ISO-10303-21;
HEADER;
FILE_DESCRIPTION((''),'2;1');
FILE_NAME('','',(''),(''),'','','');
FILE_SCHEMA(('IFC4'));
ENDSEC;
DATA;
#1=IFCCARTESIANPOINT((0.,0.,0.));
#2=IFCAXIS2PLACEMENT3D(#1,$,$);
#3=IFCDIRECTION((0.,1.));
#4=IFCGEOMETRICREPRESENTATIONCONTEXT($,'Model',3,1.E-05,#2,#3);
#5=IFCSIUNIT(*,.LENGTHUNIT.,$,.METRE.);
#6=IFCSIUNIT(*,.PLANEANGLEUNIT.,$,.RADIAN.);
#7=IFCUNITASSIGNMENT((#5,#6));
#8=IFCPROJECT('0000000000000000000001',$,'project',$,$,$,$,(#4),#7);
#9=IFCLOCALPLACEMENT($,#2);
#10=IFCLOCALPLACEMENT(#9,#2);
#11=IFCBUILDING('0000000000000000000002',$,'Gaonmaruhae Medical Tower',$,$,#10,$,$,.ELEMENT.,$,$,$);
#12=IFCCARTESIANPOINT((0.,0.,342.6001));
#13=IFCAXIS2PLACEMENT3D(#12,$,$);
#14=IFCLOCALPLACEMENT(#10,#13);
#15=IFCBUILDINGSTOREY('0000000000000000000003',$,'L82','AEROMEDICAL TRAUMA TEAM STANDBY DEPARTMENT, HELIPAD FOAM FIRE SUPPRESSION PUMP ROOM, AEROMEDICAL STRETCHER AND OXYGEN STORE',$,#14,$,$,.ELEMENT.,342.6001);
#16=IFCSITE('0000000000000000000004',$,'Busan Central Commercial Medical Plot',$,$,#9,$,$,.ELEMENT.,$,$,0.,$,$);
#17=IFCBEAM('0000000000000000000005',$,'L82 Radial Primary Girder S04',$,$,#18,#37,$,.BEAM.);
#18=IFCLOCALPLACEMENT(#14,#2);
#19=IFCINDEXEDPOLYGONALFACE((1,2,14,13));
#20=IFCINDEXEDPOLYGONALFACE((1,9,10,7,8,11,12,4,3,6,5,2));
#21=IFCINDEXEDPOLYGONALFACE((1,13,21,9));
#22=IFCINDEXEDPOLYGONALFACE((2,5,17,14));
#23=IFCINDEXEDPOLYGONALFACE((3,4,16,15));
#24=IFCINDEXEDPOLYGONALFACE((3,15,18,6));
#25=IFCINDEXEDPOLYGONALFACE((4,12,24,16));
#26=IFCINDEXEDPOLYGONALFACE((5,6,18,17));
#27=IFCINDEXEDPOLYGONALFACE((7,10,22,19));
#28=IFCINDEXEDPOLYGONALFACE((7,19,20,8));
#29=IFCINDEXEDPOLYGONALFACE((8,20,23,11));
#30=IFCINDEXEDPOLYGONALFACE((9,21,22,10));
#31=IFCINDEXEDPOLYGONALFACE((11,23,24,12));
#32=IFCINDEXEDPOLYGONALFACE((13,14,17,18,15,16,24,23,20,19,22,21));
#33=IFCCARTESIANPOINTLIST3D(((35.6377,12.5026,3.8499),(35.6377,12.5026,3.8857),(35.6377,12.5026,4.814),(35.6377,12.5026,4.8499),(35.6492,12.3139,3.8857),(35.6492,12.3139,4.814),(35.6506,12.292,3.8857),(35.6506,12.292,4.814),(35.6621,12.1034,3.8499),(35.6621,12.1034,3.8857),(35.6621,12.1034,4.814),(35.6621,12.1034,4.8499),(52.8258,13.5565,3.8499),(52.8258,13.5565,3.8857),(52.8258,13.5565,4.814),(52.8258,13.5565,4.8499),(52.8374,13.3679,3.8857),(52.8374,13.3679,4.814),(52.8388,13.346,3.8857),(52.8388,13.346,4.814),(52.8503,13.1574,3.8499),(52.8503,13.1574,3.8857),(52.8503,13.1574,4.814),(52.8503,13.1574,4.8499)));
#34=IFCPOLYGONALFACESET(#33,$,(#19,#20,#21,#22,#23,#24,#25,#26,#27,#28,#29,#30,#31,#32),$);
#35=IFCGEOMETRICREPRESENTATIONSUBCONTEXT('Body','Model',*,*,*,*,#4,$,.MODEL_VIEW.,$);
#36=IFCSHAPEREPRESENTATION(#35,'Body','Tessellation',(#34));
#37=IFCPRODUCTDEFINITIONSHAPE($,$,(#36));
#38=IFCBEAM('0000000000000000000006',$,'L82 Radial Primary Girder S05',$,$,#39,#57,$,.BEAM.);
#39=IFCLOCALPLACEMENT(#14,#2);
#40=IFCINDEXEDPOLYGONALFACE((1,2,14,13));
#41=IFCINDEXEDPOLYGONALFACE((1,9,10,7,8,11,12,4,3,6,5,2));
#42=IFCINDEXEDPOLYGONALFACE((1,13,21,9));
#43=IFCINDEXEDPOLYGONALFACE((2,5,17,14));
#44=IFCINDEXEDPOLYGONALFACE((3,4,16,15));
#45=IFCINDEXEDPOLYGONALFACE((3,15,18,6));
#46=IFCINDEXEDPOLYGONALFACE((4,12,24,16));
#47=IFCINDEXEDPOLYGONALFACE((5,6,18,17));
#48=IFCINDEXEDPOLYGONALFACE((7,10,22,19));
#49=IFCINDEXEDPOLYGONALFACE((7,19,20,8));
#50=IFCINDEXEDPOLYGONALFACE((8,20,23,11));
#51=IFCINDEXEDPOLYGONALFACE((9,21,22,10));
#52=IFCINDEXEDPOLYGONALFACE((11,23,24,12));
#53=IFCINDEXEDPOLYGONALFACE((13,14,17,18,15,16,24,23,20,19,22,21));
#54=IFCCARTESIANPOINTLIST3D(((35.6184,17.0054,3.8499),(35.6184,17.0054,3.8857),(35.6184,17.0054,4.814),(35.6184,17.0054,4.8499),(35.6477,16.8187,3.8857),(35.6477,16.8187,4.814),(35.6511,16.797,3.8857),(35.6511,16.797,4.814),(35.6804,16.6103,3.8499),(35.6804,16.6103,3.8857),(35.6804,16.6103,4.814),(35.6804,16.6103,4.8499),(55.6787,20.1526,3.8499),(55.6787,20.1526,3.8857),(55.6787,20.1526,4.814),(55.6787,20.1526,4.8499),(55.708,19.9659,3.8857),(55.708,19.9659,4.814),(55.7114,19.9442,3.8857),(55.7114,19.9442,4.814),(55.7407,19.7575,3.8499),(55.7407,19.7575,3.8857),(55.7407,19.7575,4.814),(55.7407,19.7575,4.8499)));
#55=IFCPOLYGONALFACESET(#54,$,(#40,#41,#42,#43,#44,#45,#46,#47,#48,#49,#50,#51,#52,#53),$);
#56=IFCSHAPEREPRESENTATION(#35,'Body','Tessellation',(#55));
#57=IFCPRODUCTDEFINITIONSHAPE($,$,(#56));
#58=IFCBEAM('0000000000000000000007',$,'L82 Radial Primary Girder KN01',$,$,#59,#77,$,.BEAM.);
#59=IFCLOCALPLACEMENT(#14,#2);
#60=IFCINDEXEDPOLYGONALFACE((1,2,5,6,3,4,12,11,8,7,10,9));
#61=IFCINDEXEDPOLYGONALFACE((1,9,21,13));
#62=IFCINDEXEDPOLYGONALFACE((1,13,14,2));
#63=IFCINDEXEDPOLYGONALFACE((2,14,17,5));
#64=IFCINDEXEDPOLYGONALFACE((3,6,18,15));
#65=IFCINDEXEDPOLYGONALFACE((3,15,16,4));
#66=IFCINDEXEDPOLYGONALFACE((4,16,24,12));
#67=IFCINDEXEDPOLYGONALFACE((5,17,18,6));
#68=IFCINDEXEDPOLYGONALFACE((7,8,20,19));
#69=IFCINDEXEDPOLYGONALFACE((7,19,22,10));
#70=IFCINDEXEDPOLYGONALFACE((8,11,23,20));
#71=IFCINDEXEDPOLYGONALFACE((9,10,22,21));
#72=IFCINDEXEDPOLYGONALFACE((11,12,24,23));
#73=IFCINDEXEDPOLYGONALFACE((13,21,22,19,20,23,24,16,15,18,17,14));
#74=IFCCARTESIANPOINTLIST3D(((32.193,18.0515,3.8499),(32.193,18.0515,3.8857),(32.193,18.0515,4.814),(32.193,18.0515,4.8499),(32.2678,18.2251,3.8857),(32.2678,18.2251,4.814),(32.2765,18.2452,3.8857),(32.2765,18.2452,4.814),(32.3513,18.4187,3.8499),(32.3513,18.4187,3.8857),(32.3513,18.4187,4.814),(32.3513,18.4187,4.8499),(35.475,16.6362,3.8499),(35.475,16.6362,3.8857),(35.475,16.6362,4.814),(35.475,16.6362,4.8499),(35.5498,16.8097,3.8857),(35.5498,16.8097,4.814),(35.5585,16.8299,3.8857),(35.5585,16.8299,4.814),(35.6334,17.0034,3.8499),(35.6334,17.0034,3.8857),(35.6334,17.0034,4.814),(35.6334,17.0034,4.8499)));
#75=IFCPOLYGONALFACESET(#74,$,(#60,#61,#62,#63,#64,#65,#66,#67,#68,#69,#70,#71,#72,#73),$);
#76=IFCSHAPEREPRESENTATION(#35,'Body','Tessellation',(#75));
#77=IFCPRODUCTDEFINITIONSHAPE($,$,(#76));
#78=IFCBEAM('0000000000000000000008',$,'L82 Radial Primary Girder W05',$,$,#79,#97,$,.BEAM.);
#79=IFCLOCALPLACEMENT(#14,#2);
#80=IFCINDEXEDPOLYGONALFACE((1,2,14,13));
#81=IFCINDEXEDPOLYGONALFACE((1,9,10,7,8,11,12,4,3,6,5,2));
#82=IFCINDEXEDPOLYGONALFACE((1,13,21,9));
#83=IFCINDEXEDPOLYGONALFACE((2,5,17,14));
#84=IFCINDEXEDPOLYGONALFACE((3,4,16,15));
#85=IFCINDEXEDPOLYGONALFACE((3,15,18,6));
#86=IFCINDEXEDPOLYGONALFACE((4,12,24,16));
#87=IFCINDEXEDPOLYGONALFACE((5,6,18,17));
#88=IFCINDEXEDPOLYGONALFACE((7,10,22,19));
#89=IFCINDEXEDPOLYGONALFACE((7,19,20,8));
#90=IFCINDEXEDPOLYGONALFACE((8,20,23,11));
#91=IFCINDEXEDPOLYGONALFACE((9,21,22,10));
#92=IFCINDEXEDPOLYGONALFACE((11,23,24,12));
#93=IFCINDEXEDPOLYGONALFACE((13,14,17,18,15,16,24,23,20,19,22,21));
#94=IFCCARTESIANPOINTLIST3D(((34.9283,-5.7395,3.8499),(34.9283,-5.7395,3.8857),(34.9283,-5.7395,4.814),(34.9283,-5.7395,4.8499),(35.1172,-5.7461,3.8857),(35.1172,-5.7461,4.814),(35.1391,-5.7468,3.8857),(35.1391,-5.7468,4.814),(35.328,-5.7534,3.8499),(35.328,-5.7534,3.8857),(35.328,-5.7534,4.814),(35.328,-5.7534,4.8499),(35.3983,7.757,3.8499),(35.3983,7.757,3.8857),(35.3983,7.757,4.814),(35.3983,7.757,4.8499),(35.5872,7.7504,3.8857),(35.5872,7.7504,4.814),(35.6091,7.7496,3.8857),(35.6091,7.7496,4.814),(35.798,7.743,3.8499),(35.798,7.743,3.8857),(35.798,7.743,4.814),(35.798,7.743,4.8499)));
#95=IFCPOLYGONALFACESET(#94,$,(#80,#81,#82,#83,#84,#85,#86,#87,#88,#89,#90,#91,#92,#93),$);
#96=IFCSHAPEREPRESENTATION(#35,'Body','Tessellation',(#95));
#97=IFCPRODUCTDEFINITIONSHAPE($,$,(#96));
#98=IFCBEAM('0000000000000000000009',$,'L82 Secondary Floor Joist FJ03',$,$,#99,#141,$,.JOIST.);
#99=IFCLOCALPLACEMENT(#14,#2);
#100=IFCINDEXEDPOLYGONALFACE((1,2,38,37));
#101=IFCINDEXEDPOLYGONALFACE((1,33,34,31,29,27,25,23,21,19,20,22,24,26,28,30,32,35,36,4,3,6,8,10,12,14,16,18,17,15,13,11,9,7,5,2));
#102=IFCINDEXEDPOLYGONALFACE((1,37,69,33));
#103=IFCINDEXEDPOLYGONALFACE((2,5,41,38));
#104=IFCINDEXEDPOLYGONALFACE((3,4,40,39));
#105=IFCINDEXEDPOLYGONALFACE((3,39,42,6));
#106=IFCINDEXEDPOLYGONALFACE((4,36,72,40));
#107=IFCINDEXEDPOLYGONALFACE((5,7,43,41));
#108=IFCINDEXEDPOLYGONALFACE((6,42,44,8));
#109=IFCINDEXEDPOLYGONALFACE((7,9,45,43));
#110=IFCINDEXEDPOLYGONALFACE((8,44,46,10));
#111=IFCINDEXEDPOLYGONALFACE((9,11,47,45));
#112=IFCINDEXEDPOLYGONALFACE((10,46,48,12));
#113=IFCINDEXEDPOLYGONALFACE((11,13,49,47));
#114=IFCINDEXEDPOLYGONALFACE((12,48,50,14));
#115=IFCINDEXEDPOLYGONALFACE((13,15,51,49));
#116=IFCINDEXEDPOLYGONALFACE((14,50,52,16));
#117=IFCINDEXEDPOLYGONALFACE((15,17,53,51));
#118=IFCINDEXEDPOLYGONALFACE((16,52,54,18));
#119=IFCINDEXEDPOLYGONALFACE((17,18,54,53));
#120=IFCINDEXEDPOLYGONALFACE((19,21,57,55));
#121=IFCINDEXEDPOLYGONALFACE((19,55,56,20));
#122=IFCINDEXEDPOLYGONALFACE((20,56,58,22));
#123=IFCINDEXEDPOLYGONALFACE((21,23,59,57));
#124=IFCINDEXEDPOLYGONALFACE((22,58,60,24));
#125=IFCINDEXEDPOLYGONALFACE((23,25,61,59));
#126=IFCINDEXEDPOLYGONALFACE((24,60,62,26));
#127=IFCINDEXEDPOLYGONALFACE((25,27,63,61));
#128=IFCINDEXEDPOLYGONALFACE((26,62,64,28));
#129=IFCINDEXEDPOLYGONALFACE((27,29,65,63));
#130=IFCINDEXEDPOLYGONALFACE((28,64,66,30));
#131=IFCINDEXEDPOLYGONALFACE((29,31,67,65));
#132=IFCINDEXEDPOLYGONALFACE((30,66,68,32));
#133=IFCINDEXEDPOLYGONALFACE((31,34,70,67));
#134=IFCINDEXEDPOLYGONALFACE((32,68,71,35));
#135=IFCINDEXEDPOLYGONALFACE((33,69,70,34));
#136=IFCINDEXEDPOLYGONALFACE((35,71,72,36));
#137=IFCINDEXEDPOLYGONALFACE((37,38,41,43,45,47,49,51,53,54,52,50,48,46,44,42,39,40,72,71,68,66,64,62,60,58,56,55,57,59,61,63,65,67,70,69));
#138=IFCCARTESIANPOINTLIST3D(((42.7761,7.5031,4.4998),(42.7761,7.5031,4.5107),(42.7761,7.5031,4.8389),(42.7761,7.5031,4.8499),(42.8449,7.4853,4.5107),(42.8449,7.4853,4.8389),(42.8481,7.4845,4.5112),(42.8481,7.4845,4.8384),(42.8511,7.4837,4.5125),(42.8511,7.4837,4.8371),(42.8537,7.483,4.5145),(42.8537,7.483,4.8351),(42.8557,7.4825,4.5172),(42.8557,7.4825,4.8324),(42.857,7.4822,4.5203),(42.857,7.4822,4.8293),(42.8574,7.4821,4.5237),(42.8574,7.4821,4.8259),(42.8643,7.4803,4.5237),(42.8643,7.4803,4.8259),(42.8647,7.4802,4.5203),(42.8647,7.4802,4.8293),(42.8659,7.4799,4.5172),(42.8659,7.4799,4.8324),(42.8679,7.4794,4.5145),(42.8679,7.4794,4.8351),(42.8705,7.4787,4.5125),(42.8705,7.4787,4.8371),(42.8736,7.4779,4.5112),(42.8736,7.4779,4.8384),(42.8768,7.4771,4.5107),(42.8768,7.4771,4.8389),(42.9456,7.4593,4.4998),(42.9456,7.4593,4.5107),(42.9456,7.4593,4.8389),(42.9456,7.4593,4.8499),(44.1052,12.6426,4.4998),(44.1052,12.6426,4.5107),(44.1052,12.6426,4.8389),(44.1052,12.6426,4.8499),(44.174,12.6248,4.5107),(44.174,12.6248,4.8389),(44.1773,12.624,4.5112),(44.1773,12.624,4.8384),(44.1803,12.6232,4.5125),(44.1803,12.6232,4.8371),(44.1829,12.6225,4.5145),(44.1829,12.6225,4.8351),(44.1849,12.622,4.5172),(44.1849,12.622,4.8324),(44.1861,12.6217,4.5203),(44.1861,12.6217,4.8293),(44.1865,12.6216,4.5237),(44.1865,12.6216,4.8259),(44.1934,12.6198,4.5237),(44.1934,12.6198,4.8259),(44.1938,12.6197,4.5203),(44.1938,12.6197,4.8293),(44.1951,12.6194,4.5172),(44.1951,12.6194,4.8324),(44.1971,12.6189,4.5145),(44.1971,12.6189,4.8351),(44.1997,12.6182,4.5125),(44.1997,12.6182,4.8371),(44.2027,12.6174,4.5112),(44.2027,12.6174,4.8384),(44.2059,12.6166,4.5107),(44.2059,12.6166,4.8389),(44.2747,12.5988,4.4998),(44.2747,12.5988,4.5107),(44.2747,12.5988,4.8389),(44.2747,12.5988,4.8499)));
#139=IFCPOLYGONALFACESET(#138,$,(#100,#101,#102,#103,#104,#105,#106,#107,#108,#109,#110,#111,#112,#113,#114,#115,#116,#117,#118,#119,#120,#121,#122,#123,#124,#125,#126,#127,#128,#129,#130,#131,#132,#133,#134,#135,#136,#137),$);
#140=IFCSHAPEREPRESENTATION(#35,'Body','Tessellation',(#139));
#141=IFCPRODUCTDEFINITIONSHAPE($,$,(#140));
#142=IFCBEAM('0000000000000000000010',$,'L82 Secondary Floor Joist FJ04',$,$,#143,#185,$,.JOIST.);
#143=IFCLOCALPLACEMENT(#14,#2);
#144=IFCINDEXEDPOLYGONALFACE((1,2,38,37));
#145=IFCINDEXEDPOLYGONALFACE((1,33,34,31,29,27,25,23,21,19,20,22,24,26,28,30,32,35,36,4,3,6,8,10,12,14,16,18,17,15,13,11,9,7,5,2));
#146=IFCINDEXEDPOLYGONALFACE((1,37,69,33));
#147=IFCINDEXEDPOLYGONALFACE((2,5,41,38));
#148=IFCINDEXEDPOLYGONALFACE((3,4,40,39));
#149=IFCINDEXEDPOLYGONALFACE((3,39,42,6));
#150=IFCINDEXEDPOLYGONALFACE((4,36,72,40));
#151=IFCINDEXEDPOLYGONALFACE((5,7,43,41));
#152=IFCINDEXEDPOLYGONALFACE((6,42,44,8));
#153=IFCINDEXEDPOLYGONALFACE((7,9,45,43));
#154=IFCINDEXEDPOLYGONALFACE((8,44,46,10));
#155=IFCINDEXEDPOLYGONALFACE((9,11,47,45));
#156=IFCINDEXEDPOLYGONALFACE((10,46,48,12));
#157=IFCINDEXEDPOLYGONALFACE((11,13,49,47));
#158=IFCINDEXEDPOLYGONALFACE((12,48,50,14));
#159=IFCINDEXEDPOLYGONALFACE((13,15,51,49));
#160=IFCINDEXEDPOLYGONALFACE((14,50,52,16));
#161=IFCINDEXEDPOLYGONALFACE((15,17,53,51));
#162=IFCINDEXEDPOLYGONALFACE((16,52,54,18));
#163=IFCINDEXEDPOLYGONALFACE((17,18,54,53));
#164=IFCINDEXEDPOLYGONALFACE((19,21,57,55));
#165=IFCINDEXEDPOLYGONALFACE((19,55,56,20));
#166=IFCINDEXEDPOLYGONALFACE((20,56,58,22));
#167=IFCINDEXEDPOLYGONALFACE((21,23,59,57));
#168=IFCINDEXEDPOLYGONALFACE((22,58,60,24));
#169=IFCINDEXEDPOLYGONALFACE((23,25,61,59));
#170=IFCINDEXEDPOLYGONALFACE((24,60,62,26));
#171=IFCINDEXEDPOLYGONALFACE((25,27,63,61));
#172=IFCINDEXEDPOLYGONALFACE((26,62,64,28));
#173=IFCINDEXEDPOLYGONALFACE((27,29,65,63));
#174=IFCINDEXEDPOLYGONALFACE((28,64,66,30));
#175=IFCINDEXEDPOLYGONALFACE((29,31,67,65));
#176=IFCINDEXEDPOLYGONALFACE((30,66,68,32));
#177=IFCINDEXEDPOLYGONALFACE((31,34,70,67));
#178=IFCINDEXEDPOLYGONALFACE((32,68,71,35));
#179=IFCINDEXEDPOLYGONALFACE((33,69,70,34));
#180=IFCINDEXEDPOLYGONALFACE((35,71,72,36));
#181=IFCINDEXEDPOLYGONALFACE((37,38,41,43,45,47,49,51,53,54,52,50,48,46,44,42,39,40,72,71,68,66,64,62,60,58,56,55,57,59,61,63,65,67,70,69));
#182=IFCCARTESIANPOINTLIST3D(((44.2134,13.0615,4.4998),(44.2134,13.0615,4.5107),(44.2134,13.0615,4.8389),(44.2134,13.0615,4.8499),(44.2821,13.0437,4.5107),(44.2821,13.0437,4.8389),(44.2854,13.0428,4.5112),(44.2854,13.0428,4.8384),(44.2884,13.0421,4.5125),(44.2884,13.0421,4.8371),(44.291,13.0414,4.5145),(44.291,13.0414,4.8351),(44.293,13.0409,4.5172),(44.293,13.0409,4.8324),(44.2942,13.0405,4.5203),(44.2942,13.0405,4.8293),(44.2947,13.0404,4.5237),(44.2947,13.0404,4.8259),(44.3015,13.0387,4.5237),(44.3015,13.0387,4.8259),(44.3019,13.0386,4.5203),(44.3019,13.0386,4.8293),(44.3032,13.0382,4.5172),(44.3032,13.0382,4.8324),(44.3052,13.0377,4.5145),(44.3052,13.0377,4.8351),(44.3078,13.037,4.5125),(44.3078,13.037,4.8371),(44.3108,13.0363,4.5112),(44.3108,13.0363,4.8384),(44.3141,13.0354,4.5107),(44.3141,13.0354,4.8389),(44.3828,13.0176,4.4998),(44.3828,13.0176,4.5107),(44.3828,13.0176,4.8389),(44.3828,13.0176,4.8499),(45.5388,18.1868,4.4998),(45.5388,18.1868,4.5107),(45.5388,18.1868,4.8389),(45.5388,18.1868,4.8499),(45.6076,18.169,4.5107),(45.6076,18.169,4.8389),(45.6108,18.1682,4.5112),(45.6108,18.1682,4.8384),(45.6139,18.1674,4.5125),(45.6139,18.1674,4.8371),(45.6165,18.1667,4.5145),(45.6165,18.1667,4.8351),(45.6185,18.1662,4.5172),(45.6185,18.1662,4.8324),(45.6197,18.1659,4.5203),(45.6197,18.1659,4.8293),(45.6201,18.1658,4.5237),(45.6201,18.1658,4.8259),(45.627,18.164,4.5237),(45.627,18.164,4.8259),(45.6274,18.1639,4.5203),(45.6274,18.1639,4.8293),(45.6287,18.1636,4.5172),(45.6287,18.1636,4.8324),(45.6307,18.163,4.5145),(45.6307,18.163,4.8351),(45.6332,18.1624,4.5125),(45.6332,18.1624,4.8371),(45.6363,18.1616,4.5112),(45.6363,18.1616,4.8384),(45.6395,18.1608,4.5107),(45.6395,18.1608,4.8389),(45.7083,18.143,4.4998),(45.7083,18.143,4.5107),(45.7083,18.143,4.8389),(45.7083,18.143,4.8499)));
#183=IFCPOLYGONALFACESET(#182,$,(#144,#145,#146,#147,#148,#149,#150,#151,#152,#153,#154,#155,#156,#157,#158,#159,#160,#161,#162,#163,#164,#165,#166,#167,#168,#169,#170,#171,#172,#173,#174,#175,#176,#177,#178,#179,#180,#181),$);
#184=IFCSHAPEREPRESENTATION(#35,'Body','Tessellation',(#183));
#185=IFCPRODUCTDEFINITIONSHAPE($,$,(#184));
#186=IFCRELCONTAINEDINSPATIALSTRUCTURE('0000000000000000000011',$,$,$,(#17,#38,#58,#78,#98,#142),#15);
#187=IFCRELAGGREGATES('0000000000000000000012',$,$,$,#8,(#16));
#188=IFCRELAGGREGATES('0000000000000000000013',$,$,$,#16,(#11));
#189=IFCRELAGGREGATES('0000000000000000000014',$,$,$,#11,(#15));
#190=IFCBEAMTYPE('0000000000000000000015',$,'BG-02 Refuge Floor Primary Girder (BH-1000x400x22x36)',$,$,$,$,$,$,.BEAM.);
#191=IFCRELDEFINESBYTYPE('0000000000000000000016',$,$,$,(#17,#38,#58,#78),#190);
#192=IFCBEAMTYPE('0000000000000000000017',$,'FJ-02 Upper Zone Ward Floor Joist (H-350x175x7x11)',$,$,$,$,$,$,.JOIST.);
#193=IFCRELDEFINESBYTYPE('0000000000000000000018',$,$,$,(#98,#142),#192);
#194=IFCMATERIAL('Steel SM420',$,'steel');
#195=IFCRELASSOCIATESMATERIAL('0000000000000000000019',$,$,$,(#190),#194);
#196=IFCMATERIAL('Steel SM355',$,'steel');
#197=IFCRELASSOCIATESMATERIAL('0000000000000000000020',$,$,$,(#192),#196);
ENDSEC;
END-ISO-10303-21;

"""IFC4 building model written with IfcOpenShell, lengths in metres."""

from ifc_helpers import new_model, si_unit, direction, frame, origin, origin_2d, place, context, subcontext, project, spatial, i_section, extrude, material, material_profile, profile_set, type_object, element, save


model = new_model("IFC4")

# Units and contexts
model_context = context("Model", 3, precision=1e-05, world=origin(), true_north=direction((0.0, 1.0)))
body_context = subcontext(model_context, "Body", "Model", "MODEL_VIEW")
ifc_project = project(units=[si_unit("LENGTHUNIT", "METRE"), si_unit("PLANEANGLEUNIT", "RADIAN")], contexts=[model_context])

# Site, building, storey
site_placement = place(None, origin())
site = spatial("IfcSite", under=ifc_project, at=site_placement, Name="Busan Central Commercial Medical Plot", CompositionType="ELEMENT", RefElevation=0.0)
building_placement = place(site_placement, origin())
building = spatial("IfcBuilding", under=site, at=building_placement, Name="Gaonmaruhae Medical Tower", CompositionType="ELEMENT")
storey_placement = place(building_placement, frame((0.0, 0.0, 342.6001)))
storey = spatial("IfcBuildingStorey", under=building, at=storey_placement, Name="L82", Description="AEROMEDICAL TRAUMA TEAM STANDBY DEPARTMENT, HELIPAD FOAM FIRE SUPPRESSION PUMP ROOM, AEROMEDICAL STRETCHER AND OXYGEN STORE", CompositionType="ELEMENT", Elevation=342.6001)

# Shared definitions
ifc_material_1 = material(Name="Steel SM420", Category="steel")

# Beams
ifc_material_profile_1 = material_profile(ifc_material_1, i_section(OverallWidth=0.3999, OverallDepth=1.0, WebThickness=0.022, FlangeThickness=0.0359, at=origin_2d()), Name="BH-1000x400x22x36")
ifc_profile_set_1 = profile_set([ifc_material_profile_1], Name="Steel SM420")
beam_type_1 = type_object("IfcBeamType", Name="BG-02 Refuge Floor Primary Girder (BH-1000x400x22x36)", PredefinedType="BEAM", material=ifc_profile_set_1)
beam_1_placement = place(storey_placement, frame((35.6499, 12.303, 4.3499), z_axis=(0.998125, 0.061203, 0.0), x_axis=(-0.061203, 0.998125, 0.0)))
element("IfcBeam", 1, at=beam_1_placement, inside=storey, type_object=beam_type_1, Name="L82 Radial Primary Girder S04", PredefinedType="BEAM", context=body_context, shape_type="SweptSolid", body=[
    extrude(i_section(OverallWidth=0.3999, OverallDepth=1.0, WebThickness=0.022, FlangeThickness=0.0359, at=origin_2d()), origin(), (0.0, 0.0, 1.0), 17.2205),
])
beam_2_placement = place(storey_placement, frame((35.6494, 16.8079, 4.3499), z_axis=(0.987916, 0.154992, 0.0), x_axis=(-0.154992, 0.987916, 0.0)))
element("IfcBeam", 2, at=beam_2_placement, inside=storey, type_object=beam_type_1, Name="L82 Radial Primary Girder S05", PredefinedType="BEAM", context=body_context, shape_type="SweptSolid", body=[
    extrude(i_section(OverallWidth=0.3999, OverallDepth=1.0, WebThickness=0.022, FlangeThickness=0.0359, at=origin_2d()), origin(), (0.0, 0.0, 1.0), 20.3057),
])
beam_3_placement = place(storey_placement, frame((35.5542, 16.8198, 4.3499), z_axis=(-0.918259, 0.395979, 0.0), x_axis=(-0.395979, -0.918259, 0.0)))
element("IfcBeam", 3, at=beam_3_placement, inside=storey, type_object=beam_type_1, Name="L82 Radial Primary Girder KN01", PredefinedType="BEAM", context=body_context, shape_type="SweptSolid", body=[
    extrude(i_section(OverallWidth=0.3999, OverallDepth=1.0, WebThickness=0.022, FlangeThickness=0.0359, at=origin_2d()), origin(), (0.0, 0.0, 1.0), 3.5742),
])
beam_4_placement = place(storey_placement, frame((35.5981, 7.75, 4.3499), z_axis=(-0.034801, -0.999394, 0.0), x_axis=(0.999394, -0.034801, 0.0)))
element("IfcBeam", 4, at=beam_4_placement, inside=storey, type_object=beam_type_1, Name="L82 Radial Primary Girder W05", PredefinedType="BEAM", context=body_context, shape_type="SweptSolid", body=[
    extrude(i_section(OverallWidth=0.3999, OverallDepth=1.0, WebThickness=0.022, FlangeThickness=0.0359, at=origin_2d()), origin(), (0.0, 0.0, 1.0), 13.5046),
])
ifc_material_2 = material(Name="Steel SM355", Category="steel")
ifc_material_profile_2 = material_profile(ifc_material_2, i_section(OverallWidth=0.175, OverallDepth=0.3501, WebThickness=0.0071, FlangeThickness=0.011, FilletRadius=0.0129, at=origin_2d()), Name="H-350x175x7x11")
ifc_profile_set_2 = profile_set([ifc_material_profile_2], Name="Steel SM355")
beam_type_2 = type_object("IfcBeamType", Name="FJ-02 Upper Zone Ward Floor Joist (H-350x175x7x11)", PredefinedType="JOIST", material=ifc_profile_set_2)
beam_5_placement = place(storey_placement, frame((42.8608, 7.4812, 4.6748), z_axis=(0.250373, 0.968149, 0.0), x_axis=(-0.968149, 0.250373, 0.0)))
element("IfcBeam", 5, at=beam_5_placement, inside=storey, type_object=beam_type_2, Name="L82 Secondary Floor Joist FJ03", PredefinedType="JOIST", context=body_context, shape_type="SweptSolid", body=[
    extrude(i_section(OverallWidth=0.175, OverallDepth=0.3501, WebThickness=0.0071, FlangeThickness=0.011, FilletRadius=0.0129, at=origin_2d()), origin(), (0.0, 0.0, 1.0), 5.3086),
])
beam_6_placement = place(storey_placement, frame((44.2981, 13.0396, 4.6748), z_axis=(0.250373, 0.968149, 0.0), x_axis=(-0.968149, 0.250373, 0.0)))
element("IfcBeam", 6, at=beam_6_placement, inside=storey, type_object=beam_type_2, Name="L82 Secondary Floor Joist FJ04", PredefinedType="JOIST", context=body_context, shape_type="SweptSolid", body=[
    extrude(i_section(OverallWidth=0.175, OverallDepth=0.3501, WebThickness=0.0071, FlangeThickness=0.011, FilletRadius=0.0129, at=origin_2d()), origin(), (0.0, 0.0, 1.0), 5.2939),
])

save(model, "model.ifc")
